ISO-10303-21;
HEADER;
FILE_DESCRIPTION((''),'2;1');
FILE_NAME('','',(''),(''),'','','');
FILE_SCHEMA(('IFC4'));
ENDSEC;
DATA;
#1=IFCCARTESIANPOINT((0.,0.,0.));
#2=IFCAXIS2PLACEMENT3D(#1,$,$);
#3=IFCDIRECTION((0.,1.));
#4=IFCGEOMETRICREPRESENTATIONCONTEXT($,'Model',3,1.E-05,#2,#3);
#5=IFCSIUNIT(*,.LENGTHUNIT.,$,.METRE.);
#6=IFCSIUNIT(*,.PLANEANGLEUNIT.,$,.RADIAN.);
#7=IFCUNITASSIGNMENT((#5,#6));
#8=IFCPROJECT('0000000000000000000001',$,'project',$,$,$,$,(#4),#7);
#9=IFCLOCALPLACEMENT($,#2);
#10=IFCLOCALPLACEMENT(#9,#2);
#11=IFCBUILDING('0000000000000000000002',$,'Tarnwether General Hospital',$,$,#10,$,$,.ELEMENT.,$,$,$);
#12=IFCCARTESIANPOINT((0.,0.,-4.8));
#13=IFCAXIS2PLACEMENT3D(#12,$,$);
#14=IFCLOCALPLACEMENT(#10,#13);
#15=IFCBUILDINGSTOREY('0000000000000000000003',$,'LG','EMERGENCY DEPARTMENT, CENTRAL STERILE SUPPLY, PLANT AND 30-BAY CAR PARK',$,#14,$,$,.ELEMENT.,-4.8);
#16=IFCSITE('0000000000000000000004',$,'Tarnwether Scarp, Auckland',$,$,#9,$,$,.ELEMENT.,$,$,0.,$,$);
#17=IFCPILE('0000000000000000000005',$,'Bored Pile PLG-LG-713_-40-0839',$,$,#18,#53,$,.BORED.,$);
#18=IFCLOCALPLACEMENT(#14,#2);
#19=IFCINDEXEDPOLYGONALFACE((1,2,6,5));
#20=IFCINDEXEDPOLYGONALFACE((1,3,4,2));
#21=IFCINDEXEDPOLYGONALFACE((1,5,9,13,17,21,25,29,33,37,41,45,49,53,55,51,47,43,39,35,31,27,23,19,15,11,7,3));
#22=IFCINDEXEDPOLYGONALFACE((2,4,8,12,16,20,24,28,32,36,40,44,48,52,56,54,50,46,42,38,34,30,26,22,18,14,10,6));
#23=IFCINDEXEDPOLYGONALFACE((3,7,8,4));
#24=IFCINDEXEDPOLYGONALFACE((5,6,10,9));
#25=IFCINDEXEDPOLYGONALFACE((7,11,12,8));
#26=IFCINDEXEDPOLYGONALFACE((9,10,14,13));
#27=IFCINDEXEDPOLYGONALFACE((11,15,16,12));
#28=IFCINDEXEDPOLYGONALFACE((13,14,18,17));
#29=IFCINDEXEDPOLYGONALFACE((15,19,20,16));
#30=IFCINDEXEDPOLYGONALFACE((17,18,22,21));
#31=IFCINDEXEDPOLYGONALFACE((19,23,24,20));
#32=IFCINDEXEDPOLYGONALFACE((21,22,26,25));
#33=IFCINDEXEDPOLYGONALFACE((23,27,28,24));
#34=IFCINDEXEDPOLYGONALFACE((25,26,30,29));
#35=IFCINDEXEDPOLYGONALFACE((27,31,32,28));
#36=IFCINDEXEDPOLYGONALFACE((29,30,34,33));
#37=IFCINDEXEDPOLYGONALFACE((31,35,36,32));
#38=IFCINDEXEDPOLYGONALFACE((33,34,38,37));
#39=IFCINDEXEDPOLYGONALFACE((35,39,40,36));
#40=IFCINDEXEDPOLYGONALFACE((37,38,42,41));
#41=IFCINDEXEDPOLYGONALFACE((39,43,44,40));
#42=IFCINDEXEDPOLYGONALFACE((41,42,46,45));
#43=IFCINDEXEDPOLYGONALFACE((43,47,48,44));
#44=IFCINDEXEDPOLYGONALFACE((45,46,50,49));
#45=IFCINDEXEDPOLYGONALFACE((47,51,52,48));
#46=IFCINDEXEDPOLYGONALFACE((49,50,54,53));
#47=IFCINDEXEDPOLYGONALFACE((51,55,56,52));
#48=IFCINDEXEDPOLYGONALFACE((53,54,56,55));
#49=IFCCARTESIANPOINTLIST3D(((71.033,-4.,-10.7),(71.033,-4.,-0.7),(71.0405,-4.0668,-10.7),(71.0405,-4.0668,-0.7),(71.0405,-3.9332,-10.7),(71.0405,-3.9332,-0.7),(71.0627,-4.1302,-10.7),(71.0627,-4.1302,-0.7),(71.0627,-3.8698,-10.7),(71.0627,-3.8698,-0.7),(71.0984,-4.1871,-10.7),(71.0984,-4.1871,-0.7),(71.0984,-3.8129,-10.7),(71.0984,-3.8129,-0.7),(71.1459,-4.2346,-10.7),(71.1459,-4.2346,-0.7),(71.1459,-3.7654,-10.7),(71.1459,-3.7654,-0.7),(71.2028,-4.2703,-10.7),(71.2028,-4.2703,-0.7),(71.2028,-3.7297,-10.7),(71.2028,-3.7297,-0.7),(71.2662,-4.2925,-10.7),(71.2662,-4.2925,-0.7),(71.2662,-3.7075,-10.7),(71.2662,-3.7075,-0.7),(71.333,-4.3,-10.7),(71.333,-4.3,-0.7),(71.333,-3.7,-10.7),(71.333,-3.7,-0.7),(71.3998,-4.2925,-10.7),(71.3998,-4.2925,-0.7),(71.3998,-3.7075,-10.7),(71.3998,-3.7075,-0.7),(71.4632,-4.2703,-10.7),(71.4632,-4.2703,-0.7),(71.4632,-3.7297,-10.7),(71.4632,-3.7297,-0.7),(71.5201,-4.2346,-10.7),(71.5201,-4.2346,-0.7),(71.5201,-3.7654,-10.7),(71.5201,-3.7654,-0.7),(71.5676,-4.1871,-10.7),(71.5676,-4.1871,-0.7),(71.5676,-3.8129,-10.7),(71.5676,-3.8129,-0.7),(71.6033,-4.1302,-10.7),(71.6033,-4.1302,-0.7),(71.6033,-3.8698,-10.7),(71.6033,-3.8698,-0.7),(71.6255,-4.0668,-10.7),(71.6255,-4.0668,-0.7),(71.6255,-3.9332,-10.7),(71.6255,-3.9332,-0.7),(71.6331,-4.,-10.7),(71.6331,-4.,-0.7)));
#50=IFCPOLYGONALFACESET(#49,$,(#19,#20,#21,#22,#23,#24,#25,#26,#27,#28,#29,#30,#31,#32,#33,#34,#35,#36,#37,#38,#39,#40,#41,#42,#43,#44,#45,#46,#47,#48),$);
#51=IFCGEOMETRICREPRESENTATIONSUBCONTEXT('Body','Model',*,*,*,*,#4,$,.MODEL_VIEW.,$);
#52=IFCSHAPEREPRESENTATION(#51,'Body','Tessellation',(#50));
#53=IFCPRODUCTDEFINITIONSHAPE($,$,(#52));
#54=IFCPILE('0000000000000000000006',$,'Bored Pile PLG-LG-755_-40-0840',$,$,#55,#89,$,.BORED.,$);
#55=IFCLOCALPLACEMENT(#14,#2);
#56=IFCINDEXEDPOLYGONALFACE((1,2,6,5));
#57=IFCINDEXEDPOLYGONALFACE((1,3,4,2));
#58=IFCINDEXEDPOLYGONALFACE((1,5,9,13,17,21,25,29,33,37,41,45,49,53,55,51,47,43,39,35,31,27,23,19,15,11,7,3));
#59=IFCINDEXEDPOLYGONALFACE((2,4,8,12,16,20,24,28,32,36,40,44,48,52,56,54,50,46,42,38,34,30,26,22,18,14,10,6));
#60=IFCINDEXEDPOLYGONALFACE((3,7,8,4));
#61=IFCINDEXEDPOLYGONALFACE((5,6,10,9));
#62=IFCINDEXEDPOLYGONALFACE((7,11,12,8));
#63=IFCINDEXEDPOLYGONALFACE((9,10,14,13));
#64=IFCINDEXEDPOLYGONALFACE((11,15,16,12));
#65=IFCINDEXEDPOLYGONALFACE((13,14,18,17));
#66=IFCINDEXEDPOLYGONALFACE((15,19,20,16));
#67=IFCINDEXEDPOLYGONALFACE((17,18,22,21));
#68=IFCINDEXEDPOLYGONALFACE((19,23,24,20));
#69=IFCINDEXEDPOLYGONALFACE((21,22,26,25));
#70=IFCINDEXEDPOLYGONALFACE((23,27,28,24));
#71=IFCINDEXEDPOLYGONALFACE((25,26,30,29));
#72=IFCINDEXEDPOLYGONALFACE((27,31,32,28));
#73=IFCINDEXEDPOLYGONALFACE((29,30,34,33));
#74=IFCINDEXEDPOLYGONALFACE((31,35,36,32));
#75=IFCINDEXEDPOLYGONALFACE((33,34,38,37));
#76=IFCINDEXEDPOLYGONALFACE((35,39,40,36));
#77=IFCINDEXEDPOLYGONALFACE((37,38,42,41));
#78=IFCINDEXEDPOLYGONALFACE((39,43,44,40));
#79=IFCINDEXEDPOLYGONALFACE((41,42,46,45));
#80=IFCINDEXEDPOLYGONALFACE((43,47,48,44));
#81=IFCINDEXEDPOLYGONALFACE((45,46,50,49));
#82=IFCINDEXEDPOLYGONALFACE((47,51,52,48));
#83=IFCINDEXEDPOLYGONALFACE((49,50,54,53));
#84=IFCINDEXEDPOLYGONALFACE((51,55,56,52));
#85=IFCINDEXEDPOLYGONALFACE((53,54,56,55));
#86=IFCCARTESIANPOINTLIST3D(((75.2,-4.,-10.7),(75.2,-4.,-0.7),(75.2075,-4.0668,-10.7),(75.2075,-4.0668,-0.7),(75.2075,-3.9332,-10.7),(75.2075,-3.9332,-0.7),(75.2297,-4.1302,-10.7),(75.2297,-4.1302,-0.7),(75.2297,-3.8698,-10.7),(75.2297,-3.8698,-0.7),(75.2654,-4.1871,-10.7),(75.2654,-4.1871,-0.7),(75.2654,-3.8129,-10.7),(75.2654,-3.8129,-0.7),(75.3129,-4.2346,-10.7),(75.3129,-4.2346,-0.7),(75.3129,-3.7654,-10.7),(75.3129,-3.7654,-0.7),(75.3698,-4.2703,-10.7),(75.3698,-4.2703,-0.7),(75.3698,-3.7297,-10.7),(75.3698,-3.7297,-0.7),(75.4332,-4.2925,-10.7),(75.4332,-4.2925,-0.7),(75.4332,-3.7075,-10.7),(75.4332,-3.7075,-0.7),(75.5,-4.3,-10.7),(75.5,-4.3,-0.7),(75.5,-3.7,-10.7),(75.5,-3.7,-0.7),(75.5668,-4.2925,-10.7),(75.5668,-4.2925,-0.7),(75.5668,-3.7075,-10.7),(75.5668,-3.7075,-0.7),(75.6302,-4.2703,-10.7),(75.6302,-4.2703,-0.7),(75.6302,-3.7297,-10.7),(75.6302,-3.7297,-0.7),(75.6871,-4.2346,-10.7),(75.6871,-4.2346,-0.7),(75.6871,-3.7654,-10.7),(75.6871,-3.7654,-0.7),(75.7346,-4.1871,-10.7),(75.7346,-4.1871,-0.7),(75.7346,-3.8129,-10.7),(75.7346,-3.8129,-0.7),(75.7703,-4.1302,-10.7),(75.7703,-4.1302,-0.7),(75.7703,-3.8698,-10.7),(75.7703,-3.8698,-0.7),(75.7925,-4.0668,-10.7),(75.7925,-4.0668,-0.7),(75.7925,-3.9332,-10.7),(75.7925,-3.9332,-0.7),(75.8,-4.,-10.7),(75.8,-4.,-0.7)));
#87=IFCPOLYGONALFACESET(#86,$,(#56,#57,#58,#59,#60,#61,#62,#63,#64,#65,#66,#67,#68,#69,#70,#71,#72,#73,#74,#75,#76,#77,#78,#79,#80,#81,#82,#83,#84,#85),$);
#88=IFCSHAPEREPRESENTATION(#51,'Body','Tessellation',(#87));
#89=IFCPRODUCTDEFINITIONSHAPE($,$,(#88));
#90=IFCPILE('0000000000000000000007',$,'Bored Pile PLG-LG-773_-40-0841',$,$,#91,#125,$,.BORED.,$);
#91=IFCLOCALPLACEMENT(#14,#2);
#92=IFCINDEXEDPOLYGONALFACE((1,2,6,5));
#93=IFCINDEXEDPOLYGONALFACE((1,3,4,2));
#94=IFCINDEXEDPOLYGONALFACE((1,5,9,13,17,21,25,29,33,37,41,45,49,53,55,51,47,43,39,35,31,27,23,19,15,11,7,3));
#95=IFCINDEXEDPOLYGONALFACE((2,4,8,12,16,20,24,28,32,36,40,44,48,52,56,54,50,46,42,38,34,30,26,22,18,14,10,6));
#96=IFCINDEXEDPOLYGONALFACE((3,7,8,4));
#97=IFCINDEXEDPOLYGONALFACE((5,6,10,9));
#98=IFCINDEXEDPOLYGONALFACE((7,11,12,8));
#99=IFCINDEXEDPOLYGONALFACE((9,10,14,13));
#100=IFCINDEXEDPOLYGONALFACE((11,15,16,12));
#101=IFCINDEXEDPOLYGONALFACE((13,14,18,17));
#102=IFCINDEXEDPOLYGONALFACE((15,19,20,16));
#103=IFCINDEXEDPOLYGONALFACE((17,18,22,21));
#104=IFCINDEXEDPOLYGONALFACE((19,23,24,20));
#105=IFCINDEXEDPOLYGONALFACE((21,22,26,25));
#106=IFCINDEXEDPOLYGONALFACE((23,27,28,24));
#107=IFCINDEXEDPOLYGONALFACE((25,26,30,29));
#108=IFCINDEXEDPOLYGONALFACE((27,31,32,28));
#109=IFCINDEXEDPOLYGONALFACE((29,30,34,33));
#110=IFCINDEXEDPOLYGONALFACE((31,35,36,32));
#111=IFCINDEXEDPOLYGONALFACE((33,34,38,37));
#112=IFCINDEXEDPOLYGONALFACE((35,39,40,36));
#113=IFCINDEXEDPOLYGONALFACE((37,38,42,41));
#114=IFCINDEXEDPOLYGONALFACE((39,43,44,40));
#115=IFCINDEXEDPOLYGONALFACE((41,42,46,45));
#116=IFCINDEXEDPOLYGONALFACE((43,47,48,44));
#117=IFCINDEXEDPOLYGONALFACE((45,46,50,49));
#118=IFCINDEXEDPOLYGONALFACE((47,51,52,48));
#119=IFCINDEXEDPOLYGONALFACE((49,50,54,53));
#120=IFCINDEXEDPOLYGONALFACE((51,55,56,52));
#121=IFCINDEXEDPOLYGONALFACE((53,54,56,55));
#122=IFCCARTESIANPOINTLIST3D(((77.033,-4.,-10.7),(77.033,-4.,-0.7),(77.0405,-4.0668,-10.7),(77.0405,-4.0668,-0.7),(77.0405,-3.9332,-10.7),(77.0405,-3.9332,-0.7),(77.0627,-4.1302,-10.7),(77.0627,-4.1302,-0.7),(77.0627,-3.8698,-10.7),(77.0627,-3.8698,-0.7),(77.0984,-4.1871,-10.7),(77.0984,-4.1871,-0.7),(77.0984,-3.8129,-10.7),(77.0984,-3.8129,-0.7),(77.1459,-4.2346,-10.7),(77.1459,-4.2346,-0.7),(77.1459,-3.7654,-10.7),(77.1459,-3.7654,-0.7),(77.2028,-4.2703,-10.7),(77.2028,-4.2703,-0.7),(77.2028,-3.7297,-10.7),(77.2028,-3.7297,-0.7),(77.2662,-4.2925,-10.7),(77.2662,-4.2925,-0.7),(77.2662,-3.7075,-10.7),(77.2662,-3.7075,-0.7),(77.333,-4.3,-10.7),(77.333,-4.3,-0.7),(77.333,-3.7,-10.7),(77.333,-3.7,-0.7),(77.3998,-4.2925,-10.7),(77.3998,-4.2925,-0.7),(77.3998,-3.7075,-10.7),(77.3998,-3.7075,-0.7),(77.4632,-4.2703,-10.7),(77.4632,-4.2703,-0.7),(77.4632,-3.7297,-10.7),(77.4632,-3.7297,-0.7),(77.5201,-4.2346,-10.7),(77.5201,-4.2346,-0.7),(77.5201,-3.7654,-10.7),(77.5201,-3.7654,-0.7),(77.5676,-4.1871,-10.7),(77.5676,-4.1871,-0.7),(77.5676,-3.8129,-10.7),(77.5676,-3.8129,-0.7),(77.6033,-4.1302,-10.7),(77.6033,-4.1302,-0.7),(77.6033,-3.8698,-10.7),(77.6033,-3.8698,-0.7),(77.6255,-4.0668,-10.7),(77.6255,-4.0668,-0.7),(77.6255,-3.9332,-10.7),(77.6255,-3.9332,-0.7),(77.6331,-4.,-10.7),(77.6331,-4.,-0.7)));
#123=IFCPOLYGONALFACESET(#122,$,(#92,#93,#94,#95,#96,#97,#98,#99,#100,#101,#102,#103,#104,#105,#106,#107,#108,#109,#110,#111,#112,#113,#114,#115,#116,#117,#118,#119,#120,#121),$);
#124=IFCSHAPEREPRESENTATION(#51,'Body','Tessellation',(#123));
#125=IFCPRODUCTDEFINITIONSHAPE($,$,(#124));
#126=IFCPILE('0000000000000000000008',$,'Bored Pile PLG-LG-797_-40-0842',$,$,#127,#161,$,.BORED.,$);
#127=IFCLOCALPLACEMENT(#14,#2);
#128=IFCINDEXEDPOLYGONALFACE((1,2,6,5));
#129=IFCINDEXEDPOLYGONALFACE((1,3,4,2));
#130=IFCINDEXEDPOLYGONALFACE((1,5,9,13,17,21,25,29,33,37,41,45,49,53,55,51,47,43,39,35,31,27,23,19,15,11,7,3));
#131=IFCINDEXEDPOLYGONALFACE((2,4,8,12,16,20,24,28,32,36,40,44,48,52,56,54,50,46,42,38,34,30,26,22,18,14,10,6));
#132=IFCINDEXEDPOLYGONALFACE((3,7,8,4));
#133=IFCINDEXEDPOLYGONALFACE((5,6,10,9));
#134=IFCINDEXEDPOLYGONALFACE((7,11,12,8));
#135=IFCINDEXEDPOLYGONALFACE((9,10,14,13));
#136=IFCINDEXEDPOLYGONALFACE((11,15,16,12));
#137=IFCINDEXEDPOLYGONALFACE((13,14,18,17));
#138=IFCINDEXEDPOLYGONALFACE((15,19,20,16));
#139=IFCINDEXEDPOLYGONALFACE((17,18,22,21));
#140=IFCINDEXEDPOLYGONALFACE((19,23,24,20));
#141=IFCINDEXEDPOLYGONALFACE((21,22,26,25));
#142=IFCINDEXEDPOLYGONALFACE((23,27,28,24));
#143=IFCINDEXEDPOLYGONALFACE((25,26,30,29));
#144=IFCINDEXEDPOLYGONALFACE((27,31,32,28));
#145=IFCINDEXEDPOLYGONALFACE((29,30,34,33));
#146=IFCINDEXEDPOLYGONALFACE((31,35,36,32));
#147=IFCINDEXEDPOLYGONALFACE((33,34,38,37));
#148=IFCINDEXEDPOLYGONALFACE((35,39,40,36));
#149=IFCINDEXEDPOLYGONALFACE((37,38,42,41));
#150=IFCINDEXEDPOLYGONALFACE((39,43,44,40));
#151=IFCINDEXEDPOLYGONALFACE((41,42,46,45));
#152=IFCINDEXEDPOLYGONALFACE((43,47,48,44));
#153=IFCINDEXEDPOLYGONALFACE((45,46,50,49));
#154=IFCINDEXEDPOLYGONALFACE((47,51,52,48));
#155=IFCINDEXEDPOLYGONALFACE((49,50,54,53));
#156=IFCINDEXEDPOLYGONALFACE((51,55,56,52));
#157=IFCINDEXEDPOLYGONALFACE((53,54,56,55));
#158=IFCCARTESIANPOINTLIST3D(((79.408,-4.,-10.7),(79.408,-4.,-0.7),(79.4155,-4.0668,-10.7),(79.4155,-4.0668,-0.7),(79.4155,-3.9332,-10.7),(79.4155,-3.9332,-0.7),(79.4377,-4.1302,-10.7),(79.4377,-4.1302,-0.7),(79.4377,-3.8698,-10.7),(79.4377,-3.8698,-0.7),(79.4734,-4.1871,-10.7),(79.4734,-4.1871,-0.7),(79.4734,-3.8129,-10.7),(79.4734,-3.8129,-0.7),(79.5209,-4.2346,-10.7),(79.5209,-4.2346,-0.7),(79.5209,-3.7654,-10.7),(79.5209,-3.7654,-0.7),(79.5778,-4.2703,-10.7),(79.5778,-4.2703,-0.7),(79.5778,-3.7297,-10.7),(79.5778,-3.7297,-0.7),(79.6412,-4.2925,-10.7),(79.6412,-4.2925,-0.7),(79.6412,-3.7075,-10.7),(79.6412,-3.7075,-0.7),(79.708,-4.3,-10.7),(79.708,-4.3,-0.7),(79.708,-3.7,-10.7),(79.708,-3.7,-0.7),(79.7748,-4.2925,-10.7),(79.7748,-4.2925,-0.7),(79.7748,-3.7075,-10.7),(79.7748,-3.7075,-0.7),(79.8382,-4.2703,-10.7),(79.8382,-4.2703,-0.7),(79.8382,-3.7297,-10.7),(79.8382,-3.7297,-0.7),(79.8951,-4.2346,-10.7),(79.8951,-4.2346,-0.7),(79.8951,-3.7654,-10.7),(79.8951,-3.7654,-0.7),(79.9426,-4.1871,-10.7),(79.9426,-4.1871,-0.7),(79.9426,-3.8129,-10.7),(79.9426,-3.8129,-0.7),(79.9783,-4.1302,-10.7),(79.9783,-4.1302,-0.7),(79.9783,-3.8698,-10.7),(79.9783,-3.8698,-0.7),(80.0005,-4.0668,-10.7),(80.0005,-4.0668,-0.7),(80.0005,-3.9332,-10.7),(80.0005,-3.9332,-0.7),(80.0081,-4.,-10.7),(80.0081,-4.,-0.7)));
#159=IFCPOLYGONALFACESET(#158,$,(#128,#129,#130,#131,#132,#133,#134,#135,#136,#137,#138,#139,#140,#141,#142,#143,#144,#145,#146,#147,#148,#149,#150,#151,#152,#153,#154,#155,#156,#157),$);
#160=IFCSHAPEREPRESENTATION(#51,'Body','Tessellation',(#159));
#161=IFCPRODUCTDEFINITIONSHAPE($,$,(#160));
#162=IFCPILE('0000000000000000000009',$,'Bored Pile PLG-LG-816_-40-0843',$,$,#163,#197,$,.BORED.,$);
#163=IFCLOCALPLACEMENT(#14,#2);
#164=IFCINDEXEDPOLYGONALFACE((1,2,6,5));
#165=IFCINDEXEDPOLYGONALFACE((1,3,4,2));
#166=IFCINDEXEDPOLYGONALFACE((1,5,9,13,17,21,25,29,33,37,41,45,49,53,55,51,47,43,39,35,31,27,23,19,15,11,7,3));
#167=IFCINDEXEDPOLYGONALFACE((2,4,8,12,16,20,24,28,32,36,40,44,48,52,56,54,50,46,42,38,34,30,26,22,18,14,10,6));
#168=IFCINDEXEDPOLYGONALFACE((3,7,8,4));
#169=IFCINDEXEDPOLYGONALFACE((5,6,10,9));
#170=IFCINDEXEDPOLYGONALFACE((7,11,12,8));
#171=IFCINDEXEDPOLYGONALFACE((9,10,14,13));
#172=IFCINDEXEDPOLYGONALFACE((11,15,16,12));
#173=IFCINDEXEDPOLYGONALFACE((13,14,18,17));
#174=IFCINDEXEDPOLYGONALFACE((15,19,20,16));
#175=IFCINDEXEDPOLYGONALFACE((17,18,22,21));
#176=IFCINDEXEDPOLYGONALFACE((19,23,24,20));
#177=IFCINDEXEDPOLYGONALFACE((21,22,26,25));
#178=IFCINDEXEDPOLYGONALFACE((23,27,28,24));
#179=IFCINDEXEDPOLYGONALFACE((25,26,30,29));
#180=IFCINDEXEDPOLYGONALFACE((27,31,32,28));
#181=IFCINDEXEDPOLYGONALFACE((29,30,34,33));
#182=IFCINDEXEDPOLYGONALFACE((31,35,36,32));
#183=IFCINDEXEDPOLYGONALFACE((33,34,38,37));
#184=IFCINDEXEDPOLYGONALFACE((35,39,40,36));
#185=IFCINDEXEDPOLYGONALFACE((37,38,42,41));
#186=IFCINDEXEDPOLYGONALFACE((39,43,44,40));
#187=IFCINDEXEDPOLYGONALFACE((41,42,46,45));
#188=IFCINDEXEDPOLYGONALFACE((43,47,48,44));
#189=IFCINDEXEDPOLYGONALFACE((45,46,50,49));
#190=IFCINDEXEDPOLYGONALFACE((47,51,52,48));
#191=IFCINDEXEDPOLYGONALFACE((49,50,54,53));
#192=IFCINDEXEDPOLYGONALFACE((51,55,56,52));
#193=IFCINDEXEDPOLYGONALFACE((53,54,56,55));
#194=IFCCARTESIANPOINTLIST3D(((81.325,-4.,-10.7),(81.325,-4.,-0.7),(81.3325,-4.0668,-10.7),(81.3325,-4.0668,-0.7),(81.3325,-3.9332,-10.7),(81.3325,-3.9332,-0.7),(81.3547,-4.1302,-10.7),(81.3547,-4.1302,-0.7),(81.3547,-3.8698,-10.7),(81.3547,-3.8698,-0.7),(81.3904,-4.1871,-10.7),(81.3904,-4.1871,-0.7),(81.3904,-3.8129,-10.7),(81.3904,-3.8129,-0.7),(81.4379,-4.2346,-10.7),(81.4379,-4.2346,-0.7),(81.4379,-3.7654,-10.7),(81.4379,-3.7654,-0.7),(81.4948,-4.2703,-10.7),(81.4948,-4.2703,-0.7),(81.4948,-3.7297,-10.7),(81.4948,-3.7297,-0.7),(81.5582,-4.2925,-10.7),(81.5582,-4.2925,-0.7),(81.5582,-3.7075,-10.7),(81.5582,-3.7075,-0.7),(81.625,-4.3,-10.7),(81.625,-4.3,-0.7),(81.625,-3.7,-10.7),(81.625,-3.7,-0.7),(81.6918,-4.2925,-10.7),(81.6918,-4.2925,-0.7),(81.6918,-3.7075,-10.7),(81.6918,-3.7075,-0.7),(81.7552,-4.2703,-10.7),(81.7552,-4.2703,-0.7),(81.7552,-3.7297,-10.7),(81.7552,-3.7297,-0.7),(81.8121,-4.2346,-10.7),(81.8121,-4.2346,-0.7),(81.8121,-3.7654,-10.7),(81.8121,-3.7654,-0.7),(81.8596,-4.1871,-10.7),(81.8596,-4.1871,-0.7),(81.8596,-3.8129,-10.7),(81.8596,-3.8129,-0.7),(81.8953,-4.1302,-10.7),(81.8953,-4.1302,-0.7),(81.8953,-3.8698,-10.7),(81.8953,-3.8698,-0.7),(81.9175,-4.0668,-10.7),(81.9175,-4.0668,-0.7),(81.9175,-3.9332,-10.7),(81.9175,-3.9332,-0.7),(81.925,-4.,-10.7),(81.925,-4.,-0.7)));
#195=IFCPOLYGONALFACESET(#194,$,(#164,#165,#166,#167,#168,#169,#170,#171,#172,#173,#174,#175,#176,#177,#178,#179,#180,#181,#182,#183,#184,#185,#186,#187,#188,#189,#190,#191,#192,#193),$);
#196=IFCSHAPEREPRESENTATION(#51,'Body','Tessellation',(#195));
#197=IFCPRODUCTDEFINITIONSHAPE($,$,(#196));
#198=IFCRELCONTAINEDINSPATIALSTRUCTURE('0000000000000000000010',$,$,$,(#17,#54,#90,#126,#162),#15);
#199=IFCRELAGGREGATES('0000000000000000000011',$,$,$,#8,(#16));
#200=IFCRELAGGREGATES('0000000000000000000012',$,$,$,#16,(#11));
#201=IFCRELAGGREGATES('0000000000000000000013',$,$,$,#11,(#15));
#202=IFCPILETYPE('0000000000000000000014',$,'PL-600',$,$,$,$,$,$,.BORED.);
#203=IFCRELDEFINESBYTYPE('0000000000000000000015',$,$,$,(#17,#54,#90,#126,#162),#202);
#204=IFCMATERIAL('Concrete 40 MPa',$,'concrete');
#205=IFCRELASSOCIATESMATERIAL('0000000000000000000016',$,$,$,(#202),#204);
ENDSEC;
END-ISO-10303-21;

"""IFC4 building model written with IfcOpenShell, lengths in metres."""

from ifc_helpers import new_model, si_unit, direction, frame, origin, origin_2d, place, context, subcontext, project, spatial, circle, extrude, material, material_profile, profile_set, type_object, element, save


model = new_model("IFC4")

# Units and contexts
model_context = context("Model", 3, precision=1e-05, world=origin(), true_north=direction((0.0, 1.0)))
body_context = subcontext(model_context, "Body", "Model", "MODEL_VIEW")
ifc_project = project(units=[si_unit("LENGTHUNIT", "METRE"), si_unit("PLANEANGLEUNIT", "RADIAN")], contexts=[model_context])

# Site, building, storey
site_placement = place(None, origin())
site = spatial("IfcSite", under=ifc_project, at=site_placement, Name="Tarnwether Scarp, Auckland", CompositionType="ELEMENT", RefElevation=0.0)
building_placement = place(site_placement, origin())
building = spatial("IfcBuilding", under=site, at=building_placement, Name="Tarnwether General Hospital", CompositionType="ELEMENT")
storey_placement = place(building_placement, frame((0.0, 0.0, -4.8)))
storey = spatial("IfcBuildingStorey", under=building, at=storey_placement, Name="LG", Description="EMERGENCY DEPARTMENT, CENTRAL STERILE SUPPLY, PLANT AND 30-BAY CAR PARK", CompositionType="ELEMENT", Elevation=-4.8)

# Piles
ifc_material_1 = material(Name="Concrete 40 MPa", Category="concrete")
ifc_material_profile_1 = material_profile(ifc_material_1, circle(Radius=0.3, at=origin_2d()), Name="PILE-D600")
ifc_profile_set_1 = profile_set([ifc_material_profile_1], Name="Concrete 40 MPa")
pile_type_1 = type_object("IfcPileType", Name="PL-600", PredefinedType="BORED", material=ifc_profile_set_1)
for number, where, z_axis, x_axis, name in (
    (1, (71.333, -4.0, -0.7), (0.0, 0.0, -1.0), (1.0, 0.0, 0.0), "Bored Pile PLG-LG-713_-40-0839"),
    (2, (75.5, -4.0, -0.7), (0.0, 0.0, -1.0), (1.0, 0.0, 0.0), "Bored Pile PLG-LG-755_-40-0840"),
    (3, (77.333, -4.0, -0.7), (0.0, 0.0, -1.0), (1.0, 0.0, 0.0), "Bored Pile PLG-LG-773_-40-0841"),
    (4, (79.708, -4.0, -0.7), (0.0, 0.0, -1.0), (1.0, 0.0, 0.0), "Bored Pile PLG-LG-797_-40-0842"),
    (5, (81.625, -4.0, -0.7), (0.0, 0.0, -1.0), (1.0, 0.0, 0.0), "Bored Pile PLG-LG-816_-40-0843"),
):
    element("IfcPile", number, at=place(storey_placement, frame(where, z_axis=z_axis, x_axis=x_axis)), inside=storey, type_object=pile_type_1, Name=name, PredefinedType="BORED", context=body_context, shape_type="SweptSolid", body=[
        extrude(circle(Radius=0.3, at=origin_2d()), origin(), (0.0, 0.0, 1.0), 10.0),
    ])

save(model, "model.ifc")
